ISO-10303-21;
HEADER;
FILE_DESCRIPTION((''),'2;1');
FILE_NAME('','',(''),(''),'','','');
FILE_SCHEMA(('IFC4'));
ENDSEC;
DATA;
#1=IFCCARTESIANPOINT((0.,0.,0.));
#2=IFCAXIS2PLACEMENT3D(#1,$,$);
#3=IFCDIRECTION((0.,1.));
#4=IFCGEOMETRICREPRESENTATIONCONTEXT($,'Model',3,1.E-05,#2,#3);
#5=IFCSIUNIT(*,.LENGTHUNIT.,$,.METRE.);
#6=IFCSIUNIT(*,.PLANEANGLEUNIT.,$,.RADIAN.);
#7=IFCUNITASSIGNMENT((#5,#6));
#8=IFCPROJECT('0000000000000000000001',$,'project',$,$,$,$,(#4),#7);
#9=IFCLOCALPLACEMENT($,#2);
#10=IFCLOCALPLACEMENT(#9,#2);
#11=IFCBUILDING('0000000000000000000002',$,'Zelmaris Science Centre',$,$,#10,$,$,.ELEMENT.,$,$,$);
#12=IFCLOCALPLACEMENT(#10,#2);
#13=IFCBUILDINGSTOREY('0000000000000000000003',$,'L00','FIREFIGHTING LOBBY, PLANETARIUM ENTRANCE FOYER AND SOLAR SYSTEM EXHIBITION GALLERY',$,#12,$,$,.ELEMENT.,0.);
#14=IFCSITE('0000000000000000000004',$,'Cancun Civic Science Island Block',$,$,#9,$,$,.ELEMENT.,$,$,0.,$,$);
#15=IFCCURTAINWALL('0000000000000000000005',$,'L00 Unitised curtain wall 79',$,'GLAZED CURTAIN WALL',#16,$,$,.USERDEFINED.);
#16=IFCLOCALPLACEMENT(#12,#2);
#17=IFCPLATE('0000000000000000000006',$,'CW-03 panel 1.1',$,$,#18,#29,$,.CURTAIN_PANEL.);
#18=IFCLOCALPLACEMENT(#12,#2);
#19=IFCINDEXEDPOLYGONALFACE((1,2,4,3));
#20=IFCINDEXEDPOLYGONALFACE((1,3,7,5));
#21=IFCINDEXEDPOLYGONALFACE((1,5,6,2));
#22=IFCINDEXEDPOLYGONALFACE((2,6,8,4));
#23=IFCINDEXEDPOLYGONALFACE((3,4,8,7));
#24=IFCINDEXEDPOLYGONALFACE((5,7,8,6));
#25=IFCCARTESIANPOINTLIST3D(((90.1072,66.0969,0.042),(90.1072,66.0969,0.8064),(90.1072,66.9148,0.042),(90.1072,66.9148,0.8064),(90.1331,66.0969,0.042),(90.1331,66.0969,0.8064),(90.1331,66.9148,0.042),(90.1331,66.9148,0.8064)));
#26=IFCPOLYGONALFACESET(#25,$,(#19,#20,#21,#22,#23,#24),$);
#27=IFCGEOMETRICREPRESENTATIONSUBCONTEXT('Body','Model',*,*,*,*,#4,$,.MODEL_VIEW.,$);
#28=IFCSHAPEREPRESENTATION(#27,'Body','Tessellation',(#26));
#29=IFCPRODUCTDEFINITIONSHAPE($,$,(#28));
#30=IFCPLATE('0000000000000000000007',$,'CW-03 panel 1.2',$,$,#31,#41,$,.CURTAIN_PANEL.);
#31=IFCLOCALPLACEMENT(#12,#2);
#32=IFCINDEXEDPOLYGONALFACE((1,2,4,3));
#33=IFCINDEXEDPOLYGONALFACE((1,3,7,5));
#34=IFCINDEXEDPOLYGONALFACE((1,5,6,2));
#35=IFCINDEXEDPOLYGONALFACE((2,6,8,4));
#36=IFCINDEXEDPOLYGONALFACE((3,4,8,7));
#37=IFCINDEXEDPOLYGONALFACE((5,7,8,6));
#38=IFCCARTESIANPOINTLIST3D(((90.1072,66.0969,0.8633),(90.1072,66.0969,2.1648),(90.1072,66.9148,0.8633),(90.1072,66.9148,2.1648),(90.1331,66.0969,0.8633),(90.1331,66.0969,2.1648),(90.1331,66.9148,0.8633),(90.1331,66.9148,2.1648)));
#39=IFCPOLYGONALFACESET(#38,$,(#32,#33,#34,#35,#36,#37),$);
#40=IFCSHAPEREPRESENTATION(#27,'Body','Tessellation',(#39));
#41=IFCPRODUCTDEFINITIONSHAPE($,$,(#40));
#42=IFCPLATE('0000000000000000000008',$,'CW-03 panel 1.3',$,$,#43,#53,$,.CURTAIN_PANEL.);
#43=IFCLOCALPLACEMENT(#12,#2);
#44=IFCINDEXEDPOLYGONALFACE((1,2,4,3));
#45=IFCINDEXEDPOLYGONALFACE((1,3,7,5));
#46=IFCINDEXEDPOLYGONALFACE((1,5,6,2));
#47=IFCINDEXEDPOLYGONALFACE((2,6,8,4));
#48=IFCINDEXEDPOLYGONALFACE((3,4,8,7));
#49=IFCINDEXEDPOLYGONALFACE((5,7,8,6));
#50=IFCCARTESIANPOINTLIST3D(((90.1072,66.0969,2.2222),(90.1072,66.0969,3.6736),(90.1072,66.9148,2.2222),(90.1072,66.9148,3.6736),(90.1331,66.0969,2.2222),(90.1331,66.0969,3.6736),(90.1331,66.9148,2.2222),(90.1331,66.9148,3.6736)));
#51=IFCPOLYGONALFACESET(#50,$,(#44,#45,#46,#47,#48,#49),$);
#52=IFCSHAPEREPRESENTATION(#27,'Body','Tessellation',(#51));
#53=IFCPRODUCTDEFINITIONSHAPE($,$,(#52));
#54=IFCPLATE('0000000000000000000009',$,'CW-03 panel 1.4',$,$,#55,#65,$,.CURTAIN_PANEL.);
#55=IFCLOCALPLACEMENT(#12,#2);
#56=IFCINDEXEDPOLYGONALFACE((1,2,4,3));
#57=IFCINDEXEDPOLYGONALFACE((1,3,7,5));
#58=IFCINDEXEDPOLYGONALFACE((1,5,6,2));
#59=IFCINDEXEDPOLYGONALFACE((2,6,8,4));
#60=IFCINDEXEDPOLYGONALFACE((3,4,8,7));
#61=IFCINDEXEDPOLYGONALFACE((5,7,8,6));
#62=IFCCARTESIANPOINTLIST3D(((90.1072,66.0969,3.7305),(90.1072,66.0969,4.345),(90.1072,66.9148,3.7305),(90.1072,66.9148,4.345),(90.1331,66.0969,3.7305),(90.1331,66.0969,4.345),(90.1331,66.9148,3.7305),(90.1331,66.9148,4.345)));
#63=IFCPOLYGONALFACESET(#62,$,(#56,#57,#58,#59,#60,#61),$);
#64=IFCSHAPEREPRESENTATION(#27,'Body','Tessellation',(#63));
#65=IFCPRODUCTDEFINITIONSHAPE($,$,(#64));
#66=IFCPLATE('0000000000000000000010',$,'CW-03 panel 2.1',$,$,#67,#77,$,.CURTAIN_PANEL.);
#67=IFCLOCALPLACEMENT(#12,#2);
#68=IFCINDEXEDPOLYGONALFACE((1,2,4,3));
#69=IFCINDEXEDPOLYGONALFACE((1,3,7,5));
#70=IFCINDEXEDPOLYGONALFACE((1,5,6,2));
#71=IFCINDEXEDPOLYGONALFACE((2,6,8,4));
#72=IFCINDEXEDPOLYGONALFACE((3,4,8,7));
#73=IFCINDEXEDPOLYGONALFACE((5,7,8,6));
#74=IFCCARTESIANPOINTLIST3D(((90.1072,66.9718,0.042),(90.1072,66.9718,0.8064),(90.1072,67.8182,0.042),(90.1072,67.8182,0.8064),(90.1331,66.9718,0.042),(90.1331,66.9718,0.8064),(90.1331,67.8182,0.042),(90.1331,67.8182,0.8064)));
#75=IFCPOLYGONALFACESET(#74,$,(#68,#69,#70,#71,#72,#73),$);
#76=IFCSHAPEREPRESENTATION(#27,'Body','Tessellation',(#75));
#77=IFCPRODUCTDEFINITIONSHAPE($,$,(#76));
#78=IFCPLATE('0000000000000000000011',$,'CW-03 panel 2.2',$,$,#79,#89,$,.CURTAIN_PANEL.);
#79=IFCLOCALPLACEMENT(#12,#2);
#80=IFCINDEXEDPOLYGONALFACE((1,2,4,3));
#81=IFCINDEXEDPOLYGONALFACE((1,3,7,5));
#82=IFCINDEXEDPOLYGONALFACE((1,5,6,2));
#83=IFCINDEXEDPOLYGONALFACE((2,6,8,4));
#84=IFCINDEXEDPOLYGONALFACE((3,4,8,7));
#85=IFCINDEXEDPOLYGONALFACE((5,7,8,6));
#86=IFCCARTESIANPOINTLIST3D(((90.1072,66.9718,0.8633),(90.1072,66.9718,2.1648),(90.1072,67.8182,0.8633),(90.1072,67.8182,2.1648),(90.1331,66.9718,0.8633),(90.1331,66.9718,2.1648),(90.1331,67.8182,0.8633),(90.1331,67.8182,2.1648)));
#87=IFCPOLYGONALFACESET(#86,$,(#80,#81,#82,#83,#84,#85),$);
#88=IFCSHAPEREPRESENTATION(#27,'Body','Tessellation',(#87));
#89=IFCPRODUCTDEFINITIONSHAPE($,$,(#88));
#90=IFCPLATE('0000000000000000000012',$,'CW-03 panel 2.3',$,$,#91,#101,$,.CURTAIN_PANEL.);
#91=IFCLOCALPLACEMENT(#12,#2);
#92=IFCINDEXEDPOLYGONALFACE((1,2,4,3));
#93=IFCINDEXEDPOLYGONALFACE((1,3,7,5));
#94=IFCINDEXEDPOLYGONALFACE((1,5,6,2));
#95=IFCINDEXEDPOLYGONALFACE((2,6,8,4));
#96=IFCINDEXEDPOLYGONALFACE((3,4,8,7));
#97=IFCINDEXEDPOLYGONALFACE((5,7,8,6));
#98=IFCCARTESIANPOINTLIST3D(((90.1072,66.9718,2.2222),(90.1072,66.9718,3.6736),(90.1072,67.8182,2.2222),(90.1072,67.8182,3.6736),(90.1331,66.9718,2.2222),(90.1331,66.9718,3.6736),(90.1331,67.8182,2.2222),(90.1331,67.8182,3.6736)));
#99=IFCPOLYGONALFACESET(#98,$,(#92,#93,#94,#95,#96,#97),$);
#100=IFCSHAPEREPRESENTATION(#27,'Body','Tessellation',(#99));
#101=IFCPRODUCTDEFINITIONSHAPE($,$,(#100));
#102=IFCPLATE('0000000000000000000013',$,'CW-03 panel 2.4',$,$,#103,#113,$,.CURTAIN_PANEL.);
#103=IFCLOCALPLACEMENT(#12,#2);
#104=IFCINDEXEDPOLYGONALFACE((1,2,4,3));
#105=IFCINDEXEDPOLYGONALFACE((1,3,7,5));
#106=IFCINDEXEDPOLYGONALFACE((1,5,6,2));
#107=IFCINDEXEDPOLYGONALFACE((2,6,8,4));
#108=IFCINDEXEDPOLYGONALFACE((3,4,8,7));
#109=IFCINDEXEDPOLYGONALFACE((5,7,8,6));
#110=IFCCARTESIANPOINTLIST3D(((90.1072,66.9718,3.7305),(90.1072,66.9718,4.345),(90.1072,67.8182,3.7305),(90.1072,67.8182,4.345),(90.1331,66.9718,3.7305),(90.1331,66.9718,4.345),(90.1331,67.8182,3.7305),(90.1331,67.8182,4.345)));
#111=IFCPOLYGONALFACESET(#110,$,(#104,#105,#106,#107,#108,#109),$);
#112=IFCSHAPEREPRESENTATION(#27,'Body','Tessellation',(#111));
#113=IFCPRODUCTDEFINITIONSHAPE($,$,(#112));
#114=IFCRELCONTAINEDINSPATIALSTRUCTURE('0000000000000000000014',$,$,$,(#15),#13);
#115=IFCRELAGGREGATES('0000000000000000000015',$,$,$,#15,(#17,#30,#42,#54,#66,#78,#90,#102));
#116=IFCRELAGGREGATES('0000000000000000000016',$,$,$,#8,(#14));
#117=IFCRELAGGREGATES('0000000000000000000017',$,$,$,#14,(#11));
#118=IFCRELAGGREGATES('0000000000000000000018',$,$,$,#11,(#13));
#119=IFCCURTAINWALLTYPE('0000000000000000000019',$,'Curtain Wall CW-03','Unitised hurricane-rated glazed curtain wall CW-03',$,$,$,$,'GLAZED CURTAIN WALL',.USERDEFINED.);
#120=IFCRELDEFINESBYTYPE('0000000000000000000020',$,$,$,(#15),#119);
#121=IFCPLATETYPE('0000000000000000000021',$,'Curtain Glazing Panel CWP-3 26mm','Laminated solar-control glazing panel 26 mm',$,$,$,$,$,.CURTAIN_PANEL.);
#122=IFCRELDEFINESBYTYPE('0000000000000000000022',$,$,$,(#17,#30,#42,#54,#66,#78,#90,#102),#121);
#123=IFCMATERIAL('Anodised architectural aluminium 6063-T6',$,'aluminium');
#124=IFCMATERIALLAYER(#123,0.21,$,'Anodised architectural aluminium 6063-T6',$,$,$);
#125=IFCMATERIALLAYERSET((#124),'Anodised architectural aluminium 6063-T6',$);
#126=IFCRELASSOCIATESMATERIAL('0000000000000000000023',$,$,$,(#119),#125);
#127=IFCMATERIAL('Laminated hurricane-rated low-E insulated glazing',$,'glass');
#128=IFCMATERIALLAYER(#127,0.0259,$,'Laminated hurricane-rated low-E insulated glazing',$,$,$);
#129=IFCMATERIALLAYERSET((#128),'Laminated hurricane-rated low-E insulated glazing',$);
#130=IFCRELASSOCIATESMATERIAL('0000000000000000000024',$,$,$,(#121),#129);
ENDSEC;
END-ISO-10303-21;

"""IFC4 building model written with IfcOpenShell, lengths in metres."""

from ifc_helpers import new_model, si_unit, direction, frame, origin, origin_2d, place, context, subcontext, project, spatial, rectangle, extrude, material, layer, layer_set, type_object, element, aggregate, save


model = new_model("IFC4")

# Units and contexts
model_context = context("Model", 3, precision=1e-05, world=origin(), true_north=direction((0.0, 1.0)))
body_context = subcontext(model_context, "Body", "Model", "MODEL_VIEW")
ifc_project = project(units=[si_unit("LENGTHUNIT", "METRE"), si_unit("PLANEANGLEUNIT", "RADIAN")], contexts=[model_context])

# Site, building, storey
site_placement = place(None, origin())
site = spatial("IfcSite", under=ifc_project, at=site_placement, Name="Cancun Civic Science Island Block", CompositionType="ELEMENT", RefElevation=0.0)
building_placement = place(site_placement, origin())
building = spatial("IfcBuilding", under=site, at=building_placement, Name="Zelmaris Science Centre", CompositionType="ELEMENT")
storey_placement = place(building_placement, origin())
storey = spatial("IfcBuildingStorey", under=building, at=storey_placement, Name="L00", Description="FIREFIGHTING LOBBY, PLANETARIUM ENTRANCE FOYER AND SOLAR SYSTEM EXHIBITION GALLERY", CompositionType="ELEMENT", Elevation=0.0)

# Curtain wall
ifc_material_1 = material(Name="Anodised architectural aluminium 6063-T6", Category="aluminium")
ifc_layer_1 = layer(ifc_material_1, 0.21, Name="Anodised architectural aluminium 6063-T6")
ifc_layer_set_1 = layer_set([ifc_layer_1], Name="Anodised architectural aluminium 6063-T6")
curtain_wall_type = type_object("IfcCurtainWallType", Name="Curtain Wall CW-03", Description="Unitised hurricane-rated glazed curtain wall CW-03", ElementType="GLAZED CURTAIN WALL", PredefinedType="USERDEFINED", material=ifc_layer_set_1)
curtain_wall_placement = place(storey_placement, origin())
curtain_wall = element("IfcCurtainWall", 1, at=curtain_wall_placement, inside=storey, type_object=curtain_wall_type, Name="L00 Unitised curtain wall 79", ObjectType="GLAZED CURTAIN WALL", PredefinedType="USERDEFINED")

# Plates
ifc_material_2 = material(Name="Laminated hurricane-rated low-E insulated glazing", Category="glass")
ifc_layer_2 = layer(ifc_material_2, 0.0259, Name="Laminated hurricane-rated low-E insulated glazing")
ifc_layer_set_2 = layer_set([ifc_layer_2], Name="Laminated hurricane-rated low-E insulated glazing")
plate_type = type_object("IfcPlateType", Name="Curtain Glazing Panel CWP-3 26mm", Description="Laminated solar-control glazing panel 26 mm", PredefinedType="CURTAIN_PANEL", material=ifc_layer_set_2)
plate_1_placement = place(storey_placement, frame((90.1201, 66.5059, 0.042), z_axis=(0.0, 0.0, 1.0), x_axis=(0.0, 1.0, 0.0)))
plate_1 = element("IfcPlate", 2, at=plate_1_placement, type_object=plate_type, Name="CW-03 panel 1.1", PredefinedType="CURTAIN_PANEL", context=body_context, shape_type="SweptSolid", body=[
    extrude(rectangle(XDim=0.8179, YDim=0.0259, at=origin_2d()), origin(), (0.0, 0.0, 1.0), 0.7644),
])
plate_2_placement = place(storey_placement, frame((90.1201, 66.5059, 0.8633), z_axis=(0.0, 0.0, 1.0), x_axis=(0.0, 1.0, 0.0)))
plate_2 = element("IfcPlate", 3, at=plate_2_placement, type_object=plate_type, Name="CW-03 panel 1.2", PredefinedType="CURTAIN_PANEL", context=body_context, shape_type="SweptSolid", body=[
    extrude(rectangle(XDim=0.8179, YDim=0.0259, at=origin_2d()), origin(), (0.0, 0.0, 1.0), 1.3015),
])
plate_3_placement = place(storey_placement, frame((90.1201, 66.5059, 2.2222), z_axis=(0.0, 0.0, 1.0), x_axis=(0.0, 1.0, 0.0)))
plate_3 = element("IfcPlate", 4, at=plate_3_placement, type_object=plate_type, Name="CW-03 panel 1.3", PredefinedType="CURTAIN_PANEL", context=body_context, shape_type="SweptSolid", body=[
    extrude(rectangle(XDim=0.8179, YDim=0.0259, at=origin_2d()), origin(), (0.0, 0.0, 1.0), 1.4514),
])
plate_4_placement = place(storey_placement, frame((90.1201, 66.5059, 3.7305), z_axis=(0.0, 0.0, 1.0), x_axis=(0.0, 1.0, 0.0)))
plate_4 = element("IfcPlate", 5, at=plate_4_placement, type_object=plate_type, Name="CW-03 panel 1.4", PredefinedType="CURTAIN_PANEL", context=body_context, shape_type="SweptSolid", body=[
    extrude(rectangle(XDim=0.8179, YDim=0.0259, at=origin_2d()), origin(), (0.0, 0.0, 1.0), 0.6145),
])
plate_5_placement = place(storey_placement, frame((90.1201, 67.395, 0.042), z_axis=(0.0, 0.0, 1.0), x_axis=(0.0, 1.0, 0.0)))
plate_5 = element("IfcPlate", 6, at=plate_5_placement, type_object=plate_type, Name="CW-03 panel 2.1", PredefinedType="CURTAIN_PANEL", context=body_context, shape_type="SweptSolid", body=[
    extrude(rectangle(XDim=0.8464, YDim=0.0259, at=origin_2d()), origin(), (0.0, 0.0, 1.0), 0.7644),
])
plate_6_placement = place(storey_placement, frame((90.1201, 67.395, 0.8633), z_axis=(0.0, 0.0, 1.0), x_axis=(0.0, 1.0, 0.0)))
plate_6 = element("IfcPlate", 7, at=plate_6_placement, type_object=plate_type, Name="CW-03 panel 2.2", PredefinedType="CURTAIN_PANEL", context=body_context, shape_type="SweptSolid", body=[
    extrude(rectangle(XDim=0.8464, YDim=0.0259, at=origin_2d()), origin(), (0.0, 0.0, 1.0), 1.3015),
])
plate_7_placement = place(storey_placement, frame((90.1201, 67.395, 2.2222), z_axis=(0.0, 0.0, 1.0), x_axis=(0.0, 1.0, 0.0)))
plate_7 = element("IfcPlate", 8, at=plate_7_placement, type_object=plate_type, Name="CW-03 panel 2.3", PredefinedType="CURTAIN_PANEL", context=body_context, shape_type="SweptSolid", body=[
    extrude(rectangle(XDim=0.8464, YDim=0.0259, at=origin_2d()), origin(), (0.0, 0.0, 1.0), 1.4514),
])
plate_8_placement = place(storey_placement, frame((90.1201, 67.395, 3.7305), z_axis=(0.0, 0.0, 1.0), x_axis=(0.0, 1.0, 0.0)))
plate_8 = element("IfcPlate", 9, at=plate_8_placement, type_object=plate_type, Name="CW-03 panel 2.4", PredefinedType="CURTAIN_PANEL", context=body_context, shape_type="SweptSolid", body=[
    extrude(rectangle(XDim=0.8464, YDim=0.0259, at=origin_2d()), origin(), (0.0, 0.0, 1.0), 0.6145),
])
aggregate(curtain_wall, [plate_1, plate_2, plate_3, plate_4, plate_5, plate_6, plate_7, plate_8])

save(model, "model.ifc")
